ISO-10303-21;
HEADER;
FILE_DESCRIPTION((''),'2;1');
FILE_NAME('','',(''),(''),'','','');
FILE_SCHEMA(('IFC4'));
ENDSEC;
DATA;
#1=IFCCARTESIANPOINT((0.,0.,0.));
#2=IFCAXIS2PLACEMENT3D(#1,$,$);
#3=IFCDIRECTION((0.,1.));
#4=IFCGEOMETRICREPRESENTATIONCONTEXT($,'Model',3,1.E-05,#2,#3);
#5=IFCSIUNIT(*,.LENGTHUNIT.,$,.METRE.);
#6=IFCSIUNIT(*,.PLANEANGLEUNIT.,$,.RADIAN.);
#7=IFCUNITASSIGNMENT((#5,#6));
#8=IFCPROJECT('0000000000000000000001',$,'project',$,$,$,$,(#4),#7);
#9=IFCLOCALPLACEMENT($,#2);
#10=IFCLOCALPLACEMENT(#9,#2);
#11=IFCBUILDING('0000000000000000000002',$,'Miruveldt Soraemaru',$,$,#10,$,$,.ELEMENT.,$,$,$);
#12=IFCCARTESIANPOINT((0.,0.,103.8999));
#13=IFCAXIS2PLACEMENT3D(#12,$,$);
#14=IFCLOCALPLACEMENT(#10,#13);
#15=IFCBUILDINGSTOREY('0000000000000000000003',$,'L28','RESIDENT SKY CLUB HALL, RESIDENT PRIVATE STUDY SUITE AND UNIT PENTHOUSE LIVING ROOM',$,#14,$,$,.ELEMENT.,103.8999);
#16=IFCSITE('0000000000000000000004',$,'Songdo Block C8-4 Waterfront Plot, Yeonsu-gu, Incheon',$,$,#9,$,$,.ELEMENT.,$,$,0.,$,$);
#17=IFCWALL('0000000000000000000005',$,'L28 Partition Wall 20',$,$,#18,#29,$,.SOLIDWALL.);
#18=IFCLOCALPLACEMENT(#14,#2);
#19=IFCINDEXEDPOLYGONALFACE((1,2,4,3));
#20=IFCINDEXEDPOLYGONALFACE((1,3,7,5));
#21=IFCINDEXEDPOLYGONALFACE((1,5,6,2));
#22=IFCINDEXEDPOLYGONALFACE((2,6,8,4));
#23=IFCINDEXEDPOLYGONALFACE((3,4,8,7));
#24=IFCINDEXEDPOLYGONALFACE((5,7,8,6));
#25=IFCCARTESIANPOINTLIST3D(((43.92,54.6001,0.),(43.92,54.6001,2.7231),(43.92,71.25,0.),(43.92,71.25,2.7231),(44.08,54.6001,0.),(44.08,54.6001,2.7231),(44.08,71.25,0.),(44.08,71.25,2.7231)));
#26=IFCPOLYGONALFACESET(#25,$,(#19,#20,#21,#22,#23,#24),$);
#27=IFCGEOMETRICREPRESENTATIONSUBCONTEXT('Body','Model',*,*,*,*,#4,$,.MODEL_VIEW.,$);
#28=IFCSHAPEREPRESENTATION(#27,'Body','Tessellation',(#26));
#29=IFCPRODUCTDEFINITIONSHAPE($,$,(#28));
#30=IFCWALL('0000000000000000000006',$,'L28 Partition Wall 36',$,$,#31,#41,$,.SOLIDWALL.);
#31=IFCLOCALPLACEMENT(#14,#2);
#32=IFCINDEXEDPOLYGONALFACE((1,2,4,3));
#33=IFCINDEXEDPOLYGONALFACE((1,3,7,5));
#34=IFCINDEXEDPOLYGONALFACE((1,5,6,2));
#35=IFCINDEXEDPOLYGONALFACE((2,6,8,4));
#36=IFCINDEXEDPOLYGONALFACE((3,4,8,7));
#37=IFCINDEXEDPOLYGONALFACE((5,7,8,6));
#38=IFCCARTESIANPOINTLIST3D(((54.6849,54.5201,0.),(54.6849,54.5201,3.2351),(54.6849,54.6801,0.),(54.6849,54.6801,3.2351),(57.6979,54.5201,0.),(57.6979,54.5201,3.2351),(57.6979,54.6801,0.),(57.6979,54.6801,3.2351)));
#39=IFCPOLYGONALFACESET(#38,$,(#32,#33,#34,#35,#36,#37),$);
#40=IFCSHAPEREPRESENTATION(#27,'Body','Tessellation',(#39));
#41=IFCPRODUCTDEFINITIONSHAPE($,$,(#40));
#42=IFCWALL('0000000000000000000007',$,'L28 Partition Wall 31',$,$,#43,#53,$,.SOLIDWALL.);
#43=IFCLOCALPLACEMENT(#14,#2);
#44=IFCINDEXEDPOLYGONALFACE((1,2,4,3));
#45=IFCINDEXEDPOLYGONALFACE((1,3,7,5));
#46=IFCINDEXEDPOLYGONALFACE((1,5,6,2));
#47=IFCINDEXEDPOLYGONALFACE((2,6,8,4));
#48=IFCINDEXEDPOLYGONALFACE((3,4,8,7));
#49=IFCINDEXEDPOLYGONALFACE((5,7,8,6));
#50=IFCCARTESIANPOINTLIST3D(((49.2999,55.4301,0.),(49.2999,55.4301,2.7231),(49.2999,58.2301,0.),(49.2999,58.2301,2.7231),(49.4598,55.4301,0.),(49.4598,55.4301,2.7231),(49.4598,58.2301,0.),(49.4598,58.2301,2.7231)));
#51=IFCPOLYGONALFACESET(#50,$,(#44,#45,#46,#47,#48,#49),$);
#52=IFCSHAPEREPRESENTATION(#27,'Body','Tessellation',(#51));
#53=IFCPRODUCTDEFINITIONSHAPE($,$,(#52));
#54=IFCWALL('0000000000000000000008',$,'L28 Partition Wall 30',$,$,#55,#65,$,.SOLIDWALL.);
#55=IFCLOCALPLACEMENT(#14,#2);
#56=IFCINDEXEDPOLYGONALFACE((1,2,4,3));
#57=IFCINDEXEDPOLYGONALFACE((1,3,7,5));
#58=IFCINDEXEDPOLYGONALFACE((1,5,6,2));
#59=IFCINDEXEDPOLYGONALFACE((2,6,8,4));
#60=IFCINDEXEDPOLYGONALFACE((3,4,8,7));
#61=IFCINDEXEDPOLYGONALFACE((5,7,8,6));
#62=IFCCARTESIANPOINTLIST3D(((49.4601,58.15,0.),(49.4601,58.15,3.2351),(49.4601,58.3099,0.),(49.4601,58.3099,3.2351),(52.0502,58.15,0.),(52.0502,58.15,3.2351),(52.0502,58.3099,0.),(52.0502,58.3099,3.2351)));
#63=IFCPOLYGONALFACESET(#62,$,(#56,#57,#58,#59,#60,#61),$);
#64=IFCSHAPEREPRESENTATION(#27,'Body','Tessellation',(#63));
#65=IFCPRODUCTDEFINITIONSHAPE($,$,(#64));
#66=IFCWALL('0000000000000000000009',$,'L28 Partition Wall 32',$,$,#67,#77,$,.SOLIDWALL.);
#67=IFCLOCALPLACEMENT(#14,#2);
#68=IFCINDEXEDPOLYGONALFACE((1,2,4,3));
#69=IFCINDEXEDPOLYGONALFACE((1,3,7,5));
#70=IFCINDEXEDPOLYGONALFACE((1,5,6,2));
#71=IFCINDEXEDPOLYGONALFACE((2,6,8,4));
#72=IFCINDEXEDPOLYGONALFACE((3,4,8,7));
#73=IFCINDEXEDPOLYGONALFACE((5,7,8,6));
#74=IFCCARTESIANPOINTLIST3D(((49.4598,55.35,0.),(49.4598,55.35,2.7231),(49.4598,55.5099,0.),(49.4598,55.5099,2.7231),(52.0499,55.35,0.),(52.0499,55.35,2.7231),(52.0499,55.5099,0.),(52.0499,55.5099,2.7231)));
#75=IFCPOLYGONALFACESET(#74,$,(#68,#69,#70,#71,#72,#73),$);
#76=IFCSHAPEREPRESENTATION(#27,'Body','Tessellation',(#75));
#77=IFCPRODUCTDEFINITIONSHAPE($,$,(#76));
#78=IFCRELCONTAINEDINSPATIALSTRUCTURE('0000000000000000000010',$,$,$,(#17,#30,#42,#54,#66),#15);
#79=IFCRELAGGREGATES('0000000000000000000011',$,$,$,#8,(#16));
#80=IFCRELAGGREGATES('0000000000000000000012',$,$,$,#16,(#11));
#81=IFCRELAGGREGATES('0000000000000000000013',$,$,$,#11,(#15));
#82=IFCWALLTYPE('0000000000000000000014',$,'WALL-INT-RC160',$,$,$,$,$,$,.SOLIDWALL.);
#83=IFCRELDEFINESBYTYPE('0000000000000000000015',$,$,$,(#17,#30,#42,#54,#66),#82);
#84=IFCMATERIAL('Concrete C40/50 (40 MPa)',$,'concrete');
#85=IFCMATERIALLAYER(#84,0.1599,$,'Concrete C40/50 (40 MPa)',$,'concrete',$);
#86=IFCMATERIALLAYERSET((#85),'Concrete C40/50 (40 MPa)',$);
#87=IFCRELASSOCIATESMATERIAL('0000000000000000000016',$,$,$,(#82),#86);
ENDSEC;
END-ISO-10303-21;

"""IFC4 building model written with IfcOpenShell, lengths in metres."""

from ifc_helpers import new_model, si_unit, direction, frame, frame_2d, origin, place, context, subcontext, project, spatial, rectangle, extrude, material, layer, layer_set, type_object, element, save


model = new_model("IFC4")

# Units and contexts
model_context = context("Model", 3, precision=1e-05, world=origin(), true_north=direction((0.0, 1.0)))
body_context = subcontext(model_context, "Body", "Model", "MODEL_VIEW")
ifc_project = project(units=[si_unit("LENGTHUNIT", "METRE"), si_unit("PLANEANGLEUNIT", "RADIAN")], contexts=[model_context])

# Site, building, storey
site_placement = place(None, origin())
site = spatial("IfcSite", under=ifc_project, at=site_placement, Name="Songdo Block C8-4 Waterfront Plot, Yeonsu-gu, Incheon", CompositionType="ELEMENT", RefElevation=0.0)
building_placement = place(site_placement, origin())
building = spatial("IfcBuilding", under=site, at=building_placement, Name="Miruveldt Soraemaru", CompositionType="ELEMENT")
storey_placement = place(building_placement, frame((0.0, 0.0, 103.8999)))
storey = spatial("IfcBuildingStorey", under=building, at=storey_placement, Name="L28", Description="RESIDENT SKY CLUB HALL, RESIDENT PRIVATE STUDY SUITE AND UNIT PENTHOUSE LIVING ROOM", CompositionType="ELEMENT", Elevation=103.8999)

# Shared definitions
ifc_material_1 = material(Name="Concrete C40/50 (40 MPa)", Category="concrete")
ifc_layer_1 = layer(ifc_material_1, 0.1599, Name="Concrete C40/50 (40 MPa)", Category="concrete")
ifc_layer_set_1 = layer_set([ifc_layer_1], Name="Concrete C40/50 (40 MPa)")
wall_type_1 = type_object("IfcWallType", Name="WALL-INT-RC160", PredefinedType="SOLIDWALL", material=ifc_layer_set_1)

# Walls
wall_1_placement = place(storey_placement, frame((44.0, 54.6001, 0.0), z_axis=(0.0, 0.0, 1.0), x_axis=(0.0, 1.0, 0.0)))
element("IfcWall", 1, at=wall_1_placement, inside=storey, type_object=wall_type_1, Name="L28 Partition Wall 20", PredefinedType="SOLIDWALL", context=body_context, shape_type="SweptSolid", body=[
    extrude(rectangle(XDim=16.6499, YDim=0.1599, at=frame_2d((8.325, 0.0))), origin(), (0.0, 0.0, 1.0), 2.7231),
])
wall_2_placement = place(storey_placement, frame((54.6851, 54.6001, 0.0), z_axis=(0.0, 0.0, 1.0), x_axis=(1.0, 0.0, 0.0)))
element("IfcWall", 2, at=wall_2_placement, inside=storey, type_object=wall_type_1, Name="L28 Partition Wall 36", PredefinedType="SOLIDWALL", context=body_context, shape_type="SweptSolid", body=[
    extrude(rectangle(XDim=3.0129, YDim=0.1599, at=frame_2d((1.5063, 0.0))), origin(), (0.0, 0.0, 1.0), 3.2351),
])
wall_3_placement = place(storey_placement, frame((49.3799, 58.23, 0.0), z_axis=(0.0, 0.0, 1.0), x_axis=(0.0, -1.0, 0.0)))
element("IfcWall", 3, at=wall_3_placement, inside=storey, type_object=wall_type_1, Name="L28 Partition Wall 31", PredefinedType="SOLIDWALL", context=body_context, shape_type="SweptSolid", body=[
    extrude(rectangle(XDim=2.8, YDim=0.1599, at=frame_2d((1.3999, 0.0))), origin(), (0.0, 0.0, 1.0), 2.7231),
])
wall_4_placement = place(storey_placement, frame((52.05, 58.23, 0.0), z_axis=(0.0, 0.0, 1.0), x_axis=(-1.0, 0.0, 0.0)))
element("IfcWall", 4, at=wall_4_placement, inside=storey, type_object=wall_type_1, Name="L28 Partition Wall 30", PredefinedType="SOLIDWALL", context=body_context, shape_type="SweptSolid", body=[
    extrude(rectangle(XDim=2.5901, YDim=0.1599, at=frame_2d((1.2949, 0.0))), origin(), (0.0, 0.0, 1.0), 3.2351),
])
wall_5_placement = place(storey_placement, frame((49.46, 55.4299, 0.0), z_axis=(0.0, 0.0, 1.0), x_axis=(1.0, 0.0, 0.0)))
element("IfcWall", 5, at=wall_5_placement, inside=storey, type_object=wall_type_1, Name="L28 Partition Wall 32", PredefinedType="SOLIDWALL", context=body_context, shape_type="SweptSolid", body=[
    extrude(rectangle(XDim=2.5901, YDim=0.1599, at=frame_2d((1.2949, 0.0))), origin(), (0.0, 0.0, 1.0), 2.7231),
])

save(model, "model.ifc")
